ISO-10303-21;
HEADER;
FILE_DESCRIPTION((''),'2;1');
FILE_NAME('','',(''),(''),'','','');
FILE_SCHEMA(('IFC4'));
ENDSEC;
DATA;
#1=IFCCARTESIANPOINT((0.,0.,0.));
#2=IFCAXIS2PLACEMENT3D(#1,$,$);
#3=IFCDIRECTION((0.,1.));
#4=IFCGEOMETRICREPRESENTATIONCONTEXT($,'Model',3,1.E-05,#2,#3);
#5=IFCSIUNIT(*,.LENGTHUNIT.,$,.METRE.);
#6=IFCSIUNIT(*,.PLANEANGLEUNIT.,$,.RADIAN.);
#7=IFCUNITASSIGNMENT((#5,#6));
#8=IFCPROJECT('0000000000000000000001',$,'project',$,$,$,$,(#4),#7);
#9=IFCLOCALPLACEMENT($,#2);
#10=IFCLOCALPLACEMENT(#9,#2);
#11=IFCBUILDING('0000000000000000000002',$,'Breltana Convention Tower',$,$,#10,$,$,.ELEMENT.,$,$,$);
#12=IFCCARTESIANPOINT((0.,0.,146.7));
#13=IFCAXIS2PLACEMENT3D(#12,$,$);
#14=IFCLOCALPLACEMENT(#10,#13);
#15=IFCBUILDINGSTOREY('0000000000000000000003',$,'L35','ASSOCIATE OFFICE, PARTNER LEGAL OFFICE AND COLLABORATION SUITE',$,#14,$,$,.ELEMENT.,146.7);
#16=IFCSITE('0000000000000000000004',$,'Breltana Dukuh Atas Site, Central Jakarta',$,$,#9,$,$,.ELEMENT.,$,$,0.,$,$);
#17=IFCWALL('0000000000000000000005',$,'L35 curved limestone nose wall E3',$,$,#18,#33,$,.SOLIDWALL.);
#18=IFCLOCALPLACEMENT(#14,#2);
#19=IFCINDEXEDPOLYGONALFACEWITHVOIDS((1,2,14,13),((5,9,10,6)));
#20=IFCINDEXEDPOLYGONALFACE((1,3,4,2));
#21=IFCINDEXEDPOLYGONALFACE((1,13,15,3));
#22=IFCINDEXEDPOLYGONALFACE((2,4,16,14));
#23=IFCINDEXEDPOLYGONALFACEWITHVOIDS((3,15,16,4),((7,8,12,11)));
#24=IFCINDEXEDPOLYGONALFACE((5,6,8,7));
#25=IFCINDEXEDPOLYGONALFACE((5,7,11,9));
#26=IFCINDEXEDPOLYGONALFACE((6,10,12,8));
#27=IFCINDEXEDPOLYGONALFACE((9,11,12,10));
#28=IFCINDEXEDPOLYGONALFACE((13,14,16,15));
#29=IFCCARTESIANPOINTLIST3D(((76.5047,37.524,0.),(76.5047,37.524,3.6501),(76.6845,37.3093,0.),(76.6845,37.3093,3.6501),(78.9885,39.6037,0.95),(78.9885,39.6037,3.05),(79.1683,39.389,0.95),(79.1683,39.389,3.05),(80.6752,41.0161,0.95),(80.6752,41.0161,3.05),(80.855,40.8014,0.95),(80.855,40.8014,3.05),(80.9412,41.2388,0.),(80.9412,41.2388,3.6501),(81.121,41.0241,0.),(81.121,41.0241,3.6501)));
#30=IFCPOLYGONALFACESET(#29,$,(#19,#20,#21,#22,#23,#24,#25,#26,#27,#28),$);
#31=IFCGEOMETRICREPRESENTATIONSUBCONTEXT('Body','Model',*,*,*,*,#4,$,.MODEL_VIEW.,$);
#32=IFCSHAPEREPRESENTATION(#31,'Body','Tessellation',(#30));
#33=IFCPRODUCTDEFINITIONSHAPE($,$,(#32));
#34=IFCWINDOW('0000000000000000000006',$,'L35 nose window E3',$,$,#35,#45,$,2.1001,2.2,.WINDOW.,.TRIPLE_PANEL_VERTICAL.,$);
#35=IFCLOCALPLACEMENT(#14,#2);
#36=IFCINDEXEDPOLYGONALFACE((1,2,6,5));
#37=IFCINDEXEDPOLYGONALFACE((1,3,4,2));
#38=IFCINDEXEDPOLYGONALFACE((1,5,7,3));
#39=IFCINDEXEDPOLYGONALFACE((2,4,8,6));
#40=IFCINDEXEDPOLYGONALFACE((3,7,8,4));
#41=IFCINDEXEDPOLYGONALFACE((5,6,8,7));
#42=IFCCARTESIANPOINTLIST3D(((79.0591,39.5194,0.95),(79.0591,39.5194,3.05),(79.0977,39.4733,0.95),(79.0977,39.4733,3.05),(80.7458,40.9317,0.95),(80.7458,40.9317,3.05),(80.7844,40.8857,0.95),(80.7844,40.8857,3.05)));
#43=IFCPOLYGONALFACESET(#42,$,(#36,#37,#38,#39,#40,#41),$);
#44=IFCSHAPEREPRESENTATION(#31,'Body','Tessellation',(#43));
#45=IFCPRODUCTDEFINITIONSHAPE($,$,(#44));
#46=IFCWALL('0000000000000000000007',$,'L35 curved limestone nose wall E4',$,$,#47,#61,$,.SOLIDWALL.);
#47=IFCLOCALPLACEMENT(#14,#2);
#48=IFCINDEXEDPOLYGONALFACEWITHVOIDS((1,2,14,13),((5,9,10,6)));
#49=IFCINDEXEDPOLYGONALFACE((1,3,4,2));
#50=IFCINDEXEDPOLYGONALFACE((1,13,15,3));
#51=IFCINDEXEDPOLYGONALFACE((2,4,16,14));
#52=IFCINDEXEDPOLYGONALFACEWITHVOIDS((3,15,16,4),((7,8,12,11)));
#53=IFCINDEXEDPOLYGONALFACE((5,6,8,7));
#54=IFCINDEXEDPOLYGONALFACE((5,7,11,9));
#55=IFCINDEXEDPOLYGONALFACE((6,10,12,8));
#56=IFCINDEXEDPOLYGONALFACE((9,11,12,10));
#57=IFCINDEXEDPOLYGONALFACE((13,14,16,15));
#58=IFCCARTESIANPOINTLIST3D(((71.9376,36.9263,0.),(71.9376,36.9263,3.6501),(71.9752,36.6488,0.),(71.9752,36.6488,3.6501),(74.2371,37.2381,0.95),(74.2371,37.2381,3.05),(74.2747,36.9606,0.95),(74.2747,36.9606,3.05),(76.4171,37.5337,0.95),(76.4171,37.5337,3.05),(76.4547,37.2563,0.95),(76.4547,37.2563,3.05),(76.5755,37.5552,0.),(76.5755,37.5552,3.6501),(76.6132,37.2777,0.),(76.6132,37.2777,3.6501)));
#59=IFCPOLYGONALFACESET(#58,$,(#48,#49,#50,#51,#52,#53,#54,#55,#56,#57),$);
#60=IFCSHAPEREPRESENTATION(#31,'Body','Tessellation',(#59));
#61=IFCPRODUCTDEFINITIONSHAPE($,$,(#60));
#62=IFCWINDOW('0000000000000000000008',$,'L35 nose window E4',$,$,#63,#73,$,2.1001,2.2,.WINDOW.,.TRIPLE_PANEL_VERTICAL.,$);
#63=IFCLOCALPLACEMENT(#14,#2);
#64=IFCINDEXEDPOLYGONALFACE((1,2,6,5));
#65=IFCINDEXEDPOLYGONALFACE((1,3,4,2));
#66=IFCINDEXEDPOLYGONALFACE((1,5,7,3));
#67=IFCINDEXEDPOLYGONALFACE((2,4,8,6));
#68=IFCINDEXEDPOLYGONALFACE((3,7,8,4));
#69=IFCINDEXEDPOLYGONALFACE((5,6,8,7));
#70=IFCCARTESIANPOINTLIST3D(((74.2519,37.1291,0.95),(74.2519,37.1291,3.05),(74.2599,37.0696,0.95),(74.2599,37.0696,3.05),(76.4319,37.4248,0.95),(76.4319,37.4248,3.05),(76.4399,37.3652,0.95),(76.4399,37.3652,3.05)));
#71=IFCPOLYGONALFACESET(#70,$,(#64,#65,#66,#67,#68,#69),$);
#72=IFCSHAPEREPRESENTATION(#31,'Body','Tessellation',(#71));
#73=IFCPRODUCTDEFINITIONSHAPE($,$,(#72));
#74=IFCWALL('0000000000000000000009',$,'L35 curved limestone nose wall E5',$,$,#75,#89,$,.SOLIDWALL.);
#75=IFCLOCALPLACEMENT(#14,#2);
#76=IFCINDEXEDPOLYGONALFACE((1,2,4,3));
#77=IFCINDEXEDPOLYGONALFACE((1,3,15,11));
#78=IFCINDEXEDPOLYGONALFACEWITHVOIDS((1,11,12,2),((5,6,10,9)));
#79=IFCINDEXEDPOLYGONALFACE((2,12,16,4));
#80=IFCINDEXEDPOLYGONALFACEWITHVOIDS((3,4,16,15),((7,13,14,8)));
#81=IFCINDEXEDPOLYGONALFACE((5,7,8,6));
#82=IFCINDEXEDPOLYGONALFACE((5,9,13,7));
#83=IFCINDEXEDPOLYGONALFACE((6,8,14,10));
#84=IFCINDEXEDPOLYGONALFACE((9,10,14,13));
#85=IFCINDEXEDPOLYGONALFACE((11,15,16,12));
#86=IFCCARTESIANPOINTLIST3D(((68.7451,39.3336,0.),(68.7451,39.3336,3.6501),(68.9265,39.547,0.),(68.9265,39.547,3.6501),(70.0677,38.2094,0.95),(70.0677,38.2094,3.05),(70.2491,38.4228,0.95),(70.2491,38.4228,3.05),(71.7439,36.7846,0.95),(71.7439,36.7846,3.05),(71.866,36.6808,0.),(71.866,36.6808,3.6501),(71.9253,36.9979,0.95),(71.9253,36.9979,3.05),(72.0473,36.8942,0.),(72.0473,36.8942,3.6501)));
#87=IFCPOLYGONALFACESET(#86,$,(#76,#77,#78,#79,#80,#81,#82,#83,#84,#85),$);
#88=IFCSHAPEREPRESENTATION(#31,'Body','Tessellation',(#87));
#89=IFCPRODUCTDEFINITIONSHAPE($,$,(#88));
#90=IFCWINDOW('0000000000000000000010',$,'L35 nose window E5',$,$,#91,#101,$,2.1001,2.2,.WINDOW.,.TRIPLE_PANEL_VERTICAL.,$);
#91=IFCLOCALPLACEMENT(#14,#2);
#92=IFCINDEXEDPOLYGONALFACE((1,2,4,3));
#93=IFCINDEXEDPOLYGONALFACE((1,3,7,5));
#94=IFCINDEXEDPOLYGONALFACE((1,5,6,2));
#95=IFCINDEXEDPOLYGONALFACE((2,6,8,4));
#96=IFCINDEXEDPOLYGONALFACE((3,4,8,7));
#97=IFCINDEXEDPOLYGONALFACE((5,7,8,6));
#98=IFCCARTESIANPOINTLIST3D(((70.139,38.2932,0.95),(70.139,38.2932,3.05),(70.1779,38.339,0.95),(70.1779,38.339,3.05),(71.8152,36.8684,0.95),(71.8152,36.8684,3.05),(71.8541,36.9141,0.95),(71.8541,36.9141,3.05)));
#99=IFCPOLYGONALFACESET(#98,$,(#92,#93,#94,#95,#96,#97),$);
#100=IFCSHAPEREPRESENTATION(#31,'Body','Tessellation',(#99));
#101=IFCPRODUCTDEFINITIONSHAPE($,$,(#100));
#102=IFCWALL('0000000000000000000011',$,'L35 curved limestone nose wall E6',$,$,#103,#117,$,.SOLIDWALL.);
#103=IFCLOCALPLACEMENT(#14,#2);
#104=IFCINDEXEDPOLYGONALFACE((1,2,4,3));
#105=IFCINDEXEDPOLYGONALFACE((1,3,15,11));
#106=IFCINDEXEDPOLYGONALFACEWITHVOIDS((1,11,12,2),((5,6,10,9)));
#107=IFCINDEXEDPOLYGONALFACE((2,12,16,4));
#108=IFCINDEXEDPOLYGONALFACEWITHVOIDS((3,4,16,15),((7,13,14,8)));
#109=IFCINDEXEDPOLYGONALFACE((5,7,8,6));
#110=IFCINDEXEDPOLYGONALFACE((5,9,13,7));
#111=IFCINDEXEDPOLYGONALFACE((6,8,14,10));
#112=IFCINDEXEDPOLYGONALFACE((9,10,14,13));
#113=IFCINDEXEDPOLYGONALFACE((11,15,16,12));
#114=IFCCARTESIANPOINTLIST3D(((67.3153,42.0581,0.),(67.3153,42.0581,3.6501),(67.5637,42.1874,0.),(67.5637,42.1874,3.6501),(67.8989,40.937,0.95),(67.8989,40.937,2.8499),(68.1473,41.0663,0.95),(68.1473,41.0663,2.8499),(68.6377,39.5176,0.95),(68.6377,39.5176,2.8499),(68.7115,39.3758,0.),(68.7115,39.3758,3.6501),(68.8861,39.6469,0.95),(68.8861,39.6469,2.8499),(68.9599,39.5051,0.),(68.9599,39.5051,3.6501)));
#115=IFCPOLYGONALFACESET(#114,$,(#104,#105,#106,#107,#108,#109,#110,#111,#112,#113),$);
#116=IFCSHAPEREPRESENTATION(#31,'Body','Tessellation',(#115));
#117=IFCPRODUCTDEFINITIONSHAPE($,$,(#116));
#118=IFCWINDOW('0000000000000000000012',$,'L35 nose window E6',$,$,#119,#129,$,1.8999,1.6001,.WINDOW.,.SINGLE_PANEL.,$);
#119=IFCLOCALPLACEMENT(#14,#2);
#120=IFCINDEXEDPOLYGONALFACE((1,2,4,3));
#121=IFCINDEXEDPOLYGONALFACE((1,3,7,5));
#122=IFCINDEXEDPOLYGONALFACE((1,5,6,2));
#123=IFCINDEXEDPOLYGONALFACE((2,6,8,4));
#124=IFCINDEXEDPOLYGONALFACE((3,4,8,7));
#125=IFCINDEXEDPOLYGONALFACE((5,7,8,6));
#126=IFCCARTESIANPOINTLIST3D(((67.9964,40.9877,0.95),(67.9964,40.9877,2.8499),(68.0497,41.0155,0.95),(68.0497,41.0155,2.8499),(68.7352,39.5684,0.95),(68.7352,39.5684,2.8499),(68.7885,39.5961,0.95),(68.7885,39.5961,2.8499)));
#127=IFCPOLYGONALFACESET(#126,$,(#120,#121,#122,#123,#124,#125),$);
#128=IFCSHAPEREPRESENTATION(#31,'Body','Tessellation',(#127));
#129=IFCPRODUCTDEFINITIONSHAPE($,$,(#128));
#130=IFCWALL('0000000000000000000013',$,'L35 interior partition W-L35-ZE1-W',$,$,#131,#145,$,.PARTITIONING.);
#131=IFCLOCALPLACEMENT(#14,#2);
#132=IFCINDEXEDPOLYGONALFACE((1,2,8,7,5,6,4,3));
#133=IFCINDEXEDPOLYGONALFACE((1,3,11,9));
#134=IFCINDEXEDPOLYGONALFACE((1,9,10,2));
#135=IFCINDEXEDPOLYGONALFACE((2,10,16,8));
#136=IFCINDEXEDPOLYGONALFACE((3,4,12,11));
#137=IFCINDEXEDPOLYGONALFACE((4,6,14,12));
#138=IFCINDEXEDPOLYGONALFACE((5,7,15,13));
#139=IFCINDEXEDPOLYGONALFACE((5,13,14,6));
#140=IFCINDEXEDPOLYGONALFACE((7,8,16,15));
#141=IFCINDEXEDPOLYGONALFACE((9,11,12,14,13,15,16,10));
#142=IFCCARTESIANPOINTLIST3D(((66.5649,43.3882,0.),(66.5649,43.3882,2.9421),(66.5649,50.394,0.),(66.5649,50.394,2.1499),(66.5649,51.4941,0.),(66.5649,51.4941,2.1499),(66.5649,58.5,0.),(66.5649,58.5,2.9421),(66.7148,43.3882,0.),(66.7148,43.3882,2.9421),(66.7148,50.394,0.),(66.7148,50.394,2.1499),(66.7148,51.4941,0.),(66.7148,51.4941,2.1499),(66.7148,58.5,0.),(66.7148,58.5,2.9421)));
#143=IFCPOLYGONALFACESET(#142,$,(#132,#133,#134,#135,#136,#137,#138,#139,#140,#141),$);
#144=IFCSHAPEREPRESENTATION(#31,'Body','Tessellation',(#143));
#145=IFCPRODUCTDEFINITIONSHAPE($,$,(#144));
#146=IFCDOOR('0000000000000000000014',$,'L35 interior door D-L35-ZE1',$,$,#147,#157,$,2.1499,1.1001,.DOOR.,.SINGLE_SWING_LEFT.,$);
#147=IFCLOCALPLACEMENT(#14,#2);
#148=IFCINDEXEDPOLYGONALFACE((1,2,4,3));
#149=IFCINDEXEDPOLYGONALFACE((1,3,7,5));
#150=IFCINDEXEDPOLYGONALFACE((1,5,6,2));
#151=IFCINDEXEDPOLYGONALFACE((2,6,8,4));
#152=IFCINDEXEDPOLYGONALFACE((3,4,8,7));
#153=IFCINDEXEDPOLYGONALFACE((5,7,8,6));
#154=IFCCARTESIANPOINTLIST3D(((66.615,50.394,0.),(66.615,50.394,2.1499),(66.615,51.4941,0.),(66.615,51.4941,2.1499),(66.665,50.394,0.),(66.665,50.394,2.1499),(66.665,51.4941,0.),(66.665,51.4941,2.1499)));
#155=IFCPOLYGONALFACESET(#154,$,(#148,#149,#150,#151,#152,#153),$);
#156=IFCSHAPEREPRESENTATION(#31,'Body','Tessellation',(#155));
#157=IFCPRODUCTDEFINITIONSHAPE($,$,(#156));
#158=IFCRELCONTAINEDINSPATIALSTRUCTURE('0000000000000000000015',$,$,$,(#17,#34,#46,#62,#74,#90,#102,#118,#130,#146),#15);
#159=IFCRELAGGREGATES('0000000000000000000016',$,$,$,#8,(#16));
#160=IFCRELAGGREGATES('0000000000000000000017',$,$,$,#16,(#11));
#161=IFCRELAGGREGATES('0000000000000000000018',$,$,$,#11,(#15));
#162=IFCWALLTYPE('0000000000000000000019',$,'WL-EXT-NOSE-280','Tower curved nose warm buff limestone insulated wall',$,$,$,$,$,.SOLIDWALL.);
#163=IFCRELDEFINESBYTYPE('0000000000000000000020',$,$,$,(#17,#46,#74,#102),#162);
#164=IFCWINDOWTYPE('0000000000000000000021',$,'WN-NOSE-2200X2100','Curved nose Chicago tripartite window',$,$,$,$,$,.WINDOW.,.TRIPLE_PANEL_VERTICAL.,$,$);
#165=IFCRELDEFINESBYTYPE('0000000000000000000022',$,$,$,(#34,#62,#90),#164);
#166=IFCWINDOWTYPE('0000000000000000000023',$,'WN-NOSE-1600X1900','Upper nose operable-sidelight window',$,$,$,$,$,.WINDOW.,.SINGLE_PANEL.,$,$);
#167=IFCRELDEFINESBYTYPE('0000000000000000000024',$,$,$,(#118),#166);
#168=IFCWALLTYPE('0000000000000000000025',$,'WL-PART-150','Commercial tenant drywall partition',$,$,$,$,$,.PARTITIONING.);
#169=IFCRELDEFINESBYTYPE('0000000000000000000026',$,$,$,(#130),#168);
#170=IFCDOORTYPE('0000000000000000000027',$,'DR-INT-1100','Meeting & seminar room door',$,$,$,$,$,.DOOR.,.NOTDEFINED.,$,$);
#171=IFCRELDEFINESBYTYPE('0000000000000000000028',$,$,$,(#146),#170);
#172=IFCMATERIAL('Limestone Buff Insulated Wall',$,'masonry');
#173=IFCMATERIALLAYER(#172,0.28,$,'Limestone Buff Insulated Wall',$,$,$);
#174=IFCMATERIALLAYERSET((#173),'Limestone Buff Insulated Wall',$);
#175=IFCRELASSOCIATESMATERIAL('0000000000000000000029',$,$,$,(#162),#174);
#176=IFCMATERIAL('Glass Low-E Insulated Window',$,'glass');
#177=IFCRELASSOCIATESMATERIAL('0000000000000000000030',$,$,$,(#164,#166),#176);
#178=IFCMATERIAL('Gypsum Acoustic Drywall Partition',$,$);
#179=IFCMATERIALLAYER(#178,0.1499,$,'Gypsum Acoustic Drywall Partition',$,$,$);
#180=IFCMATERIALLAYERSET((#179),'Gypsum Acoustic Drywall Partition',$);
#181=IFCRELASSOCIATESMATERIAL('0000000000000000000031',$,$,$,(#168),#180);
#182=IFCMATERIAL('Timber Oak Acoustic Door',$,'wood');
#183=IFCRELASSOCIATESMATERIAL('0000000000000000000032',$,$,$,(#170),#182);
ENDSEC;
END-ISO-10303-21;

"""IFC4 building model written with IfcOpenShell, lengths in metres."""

from ifc_helpers import new_model, si_unit, direction, frame, frame_2d, origin, place, context, subcontext, project, spatial, rectangle, extrude, source, transform, mapped, material, layer, layer_set, type_object, type_shapes, element, fill, save


model = new_model("IFC4")

# Units and contexts
model_context = context("Model", 3, precision=1e-05, world=origin(), true_north=direction((0.0, 1.0)))
body_context = subcontext(model_context, "Body", "Model", "MODEL_VIEW")
ifc_project = project(units=[si_unit("LENGTHUNIT", "METRE"), si_unit("PLANEANGLEUNIT", "RADIAN")], contexts=[model_context])

# Site, building, storey
site_placement = place(None, origin())
site = spatial("IfcSite", under=ifc_project, at=site_placement, Name="Breltana Dukuh Atas Site, Central Jakarta", CompositionType="ELEMENT", RefElevation=0.0)
building_placement = place(site_placement, origin())
building = spatial("IfcBuilding", under=site, at=building_placement, Name="Breltana Convention Tower", CompositionType="ELEMENT")
storey_placement = place(building_placement, frame((0.0, 0.0, 146.7)))
storey = spatial("IfcBuildingStorey", under=building, at=storey_placement, Name="L35", Description="ASSOCIATE OFFICE, PARTNER LEGAL OFFICE AND COLLABORATION SUITE", CompositionType="ELEMENT", Elevation=146.7)

# Walls, openings, windows
ifc_material_1 = material(Name="Limestone Buff Insulated Wall", Category="masonry")
ifc_layer_1 = layer(ifc_material_1, 0.28, Name="Limestone Buff Insulated Wall")
ifc_layer_set_1 = layer_set([ifc_layer_1], Name="Limestone Buff Insulated Wall")
wall_type_1 = type_object("IfcWallType", Name="WL-EXT-NOSE-280", Description="Tower curved nose warm buff limestone insulated wall", PredefinedType="SOLIDWALL", material=ifc_layer_set_1)
shared_shape_1 = source(origin(), body_context, "Body", "SweptSolid", [
    extrude(rectangle(XDim=5.7864, YDim=0.28, at=frame_2d((2.8931, 0.0))), origin(), (0.0, 0.0, 1.0), 3.6501),
])
wall_1_placement = place(storey_placement, frame((81.031, 41.1313, 0.0), z_axis=(0.0, 0.0, 1.0), x_axis=(-0.766711, -0.641992, 0.0)))
wall_1 = element("IfcWall", 1, at=wall_1_placement, inside=storey, type_object=wall_type_1, Name="L35 curved limestone nose wall E3", PredefinedType="SOLIDWALL", context=body_context, shape_type="MappedRepresentation", body=[
    mapped(shared_shape_1, transform((0.0, 0.0, 0.0), scale=1.0)),
])
opening_1_placement = place(wall_1_placement, frame((0.3467, 0.0, 0.95)))
opening_1 = element("IfcOpeningElement", 2, at=opening_1_placement, cuts=wall_1, PredefinedType="OPENING", context=body_context, shape_type="SweptSolid", body=[
    extrude(rectangle(XDim=2.2, YDim=2.1001, at=frame_2d((1.1001, 1.05))), frame((0.0, 0.1499, 0.0), z_axis=(0.0, -1.0, 0.0), x_axis=(1.0, 0.0, 0.0)), (0.0, 0.0, 1.0), 0.3),
])
ifc_material_2 = material(Name="Glass Low-E Insulated Window", Category="glass")
window_type_1 = type_object("IfcWindowType", Name="WN-NOSE-2200X2100", Description="Curved nose Chicago tripartite window", PartitioningType="TRIPLE_PANEL_VERTICAL", PredefinedType="WINDOW", material=ifc_material_2)
shared_shape_2 = source(origin(), body_context, "Body", "SweptSolid", [
    extrude(rectangle(XDim=2.2, YDim=2.1001, at=frame_2d((1.1001, 1.05))), frame((0.0, 0.03, 0.0), z_axis=(0.0, -1.0, 0.0), x_axis=(1.0, 0.0, 0.0)), (0.0, 0.0, 1.0), 0.0601),
])
type_shapes(window_type_1, [shared_shape_2])
window_1_placement = place(opening_1_placement, origin())
window_1 = element("IfcWindow", 3, at=window_1_placement, inside=storey, type_object=window_type_1, Name="L35 nose window E3", OverallHeight=2.1001, OverallWidth=2.2, PartitioningType="TRIPLE_PANEL_VERTICAL", PredefinedType="WINDOW", context=body_context, shape_type="MappedRepresentation", body=[
    mapped(shared_shape_2, transform((0.0, 0.0, 0.0), scale=1.0)),
])
fill(opening_1, window_1)
shared_shape_3 = source(origin(), body_context, "Body", "SweptSolid", [
    extrude(rectangle(XDim=4.6804, YDim=0.28, at=frame_2d((2.3403, 0.0))), origin(), (0.0, 0.0, 1.0), 3.6501),
])
wall_2_placement = place(storey_placement, frame((76.5945, 37.4165, 0.0), z_axis=(0.0, 0.0, 1.0), x_axis=(-0.990931, -0.134371, 0.0)))
wall_2 = element("IfcWall", 4, at=wall_2_placement, inside=storey, type_object=wall_type_1, Name="L35 curved limestone nose wall E4", PredefinedType="SOLIDWALL", context=body_context, shape_type="MappedRepresentation", body=[
    mapped(shared_shape_3, transform((0.0, 0.0, 0.0), scale=1.0)),
])
opening_2_placement = place(wall_2_placement, frame((0.1599, 0.0, 0.95)))
opening_2 = element("IfcOpeningElement", 5, at=opening_2_placement, cuts=wall_2, PredefinedType="OPENING", context=body_context, shape_type="SweptSolid", body=[
    extrude(rectangle(XDim=2.2, YDim=2.1001, at=frame_2d((1.1001, 1.05))), frame((0.0, 0.1499, 0.0), z_axis=(0.0, -1.0, 0.0), x_axis=(1.0, 0.0, 0.0)), (0.0, 0.0, 1.0), 0.3),
])
window_2_placement = place(opening_2_placement, origin())
window_2 = element("IfcWindow", 6, at=window_2_placement, inside=storey, type_object=window_type_1, Name="L35 nose window E4", OverallHeight=2.1001, OverallWidth=2.2, PartitioningType="TRIPLE_PANEL_VERTICAL", PredefinedType="WINDOW", context=body_context, shape_type="MappedRepresentation", body=[
    mapped(shared_shape_2, transform((0.0, 0.0, 0.0), scale=1.0)),
])
fill(opening_2, window_2)
shared_shape_4 = source(origin(), body_context, "Body", "SweptSolid", [
    extrude(rectangle(XDim=4.0959, YDim=0.28, at=frame_2d((2.0479, 0.0))), origin(), (0.0, 0.0, 1.0), 3.6501),
])
wall_3_placement = place(storey_placement, frame((71.9565, 36.7876, 0.0), z_axis=(0.0, 0.0, 1.0), x_axis=(-0.761926, 0.647664, 0.0)))
wall_3 = element("IfcWall", 7, at=wall_3_placement, inside=storey, type_object=wall_type_1, Name="L35 curved limestone nose wall E5", PredefinedType="SOLIDWALL", context=body_context, shape_type="MappedRepresentation", body=[
    mapped(shared_shape_4, transform((0.0, 0.0, 0.0), scale=1.0)),
])
opening_3_placement = place(wall_3_placement, frame((0.1599, 0.0, 0.95)))
opening_3 = element("IfcOpeningElement", 8, at=opening_3_placement, cuts=wall_3, PredefinedType="OPENING", context=body_context, shape_type="SweptSolid", body=[
    extrude(rectangle(XDim=2.2, YDim=2.1001, at=frame_2d((1.1001, 1.05))), frame((0.0, 0.1499, 0.0), z_axis=(0.0, -1.0, 0.0), x_axis=(1.0, 0.0, 0.0)), (0.0, 0.0, 1.0), 0.3),
])
window_3_placement = place(opening_3_placement, origin())
window_3 = element("IfcWindow", 9, at=window_3_placement, inside=storey, type_object=window_type_1, Name="L35 nose window E5", OverallHeight=2.1001, OverallWidth=2.2, PartitioningType="TRIPLE_PANEL_VERTICAL", PredefinedType="WINDOW", context=body_context, shape_type="MappedRepresentation", body=[
    mapped(shared_shape_2, transform((0.0, 0.0, 0.0), scale=1.0)),
])
fill(opening_3, window_3)
shared_shape_5 = source(origin(), body_context, "Body", "SweptSolid", [
    extrude(rectangle(XDim=3.0239, YDim=0.28, at=frame_2d((1.512, 0.0))), origin(), (0.0, 0.0, 1.0), 3.6501),
])
wall_4_placement = place(storey_placement, frame((68.8357, 39.4404, 0.0), z_axis=(0.0, 0.0, 1.0), x_axis=(-0.461719, 0.887026, 0.0)))
wall_4 = element("IfcWall", 10, at=wall_4_placement, inside=storey, type_object=wall_type_1, Name="L35 curved limestone nose wall E6", PredefinedType="SOLIDWALL", context=body_context, shape_type="MappedRepresentation", body=[
    mapped(shared_shape_5, transform((0.0, 0.0, 0.0), scale=1.0)),
])
opening_4_placement = place(wall_4_placement, frame((0.1599, 0.0, 0.95)))
opening_4 = element("IfcOpeningElement", 11, at=opening_4_placement, cuts=wall_4, PredefinedType="OPENING", context=body_context, shape_type="SweptSolid", body=[
    extrude(rectangle(XDim=1.6001, YDim=1.8999, at=frame_2d((0.8, 0.95))), frame((0.0, 0.1499, 0.0), z_axis=(0.0, -1.0, 0.0), x_axis=(1.0, 0.0, 0.0)), (0.0, 0.0, 1.0), 0.3),
])
window_type_2 = type_object("IfcWindowType", Name="WN-NOSE-1600X1900", Description="Upper nose operable-sidelight window", PartitioningType="SINGLE_PANEL", PredefinedType="WINDOW", material=ifc_material_2)
shared_shape_6 = source(origin(), body_context, "Body", "SweptSolid", [
    extrude(rectangle(XDim=1.6001, YDim=1.8999, at=frame_2d((0.8, 0.95))), frame((0.0, 0.03, 0.0), z_axis=(0.0, -1.0, 0.0), x_axis=(1.0, 0.0, 0.0)), (0.0, 0.0, 1.0), 0.0601),
])
type_shapes(window_type_2, [shared_shape_6])
window_4_placement = place(opening_4_placement, origin())
window_4 = element("IfcWindow", 12, at=window_4_placement, inside=storey, type_object=window_type_2, Name="L35 nose window E6", OverallHeight=1.8999, OverallWidth=1.6001, PartitioningType="SINGLE_PANEL", PredefinedType="WINDOW", context=body_context, shape_type="MappedRepresentation", body=[
    mapped(shared_shape_6, transform((0.0, 0.0, 0.0), scale=1.0)),
])
fill(opening_4, window_4)

# Wall, opening, door
ifc_material_3 = material(Name="Gypsum Acoustic Drywall Partition")
ifc_layer_2 = layer(ifc_material_3, 0.1499, Name="Gypsum Acoustic Drywall Partition")
ifc_layer_set_2 = layer_set([ifc_layer_2], Name="Gypsum Acoustic Drywall Partition")
wall_type_2 = type_object("IfcWallType", Name="WL-PART-150", Description="Commercial tenant drywall partition", PredefinedType="PARTITIONING", material=ifc_layer_set_2)
shared_shape_7 = source(origin(), body_context, "Body", "SweptSolid", [
    extrude(rectangle(XDim=15.1118, YDim=0.1499, at=frame_2d((7.5559, 0.0))), origin(), (0.0, 0.0, 1.0), 2.9421),
])
wall_5_placement = place(storey_placement, frame((66.6399, 43.3882, 0.0), z_axis=(0.0, 0.0, 1.0), x_axis=(0.0, 1.0, 0.0)))
wall_5 = element("IfcWall", 13, at=wall_5_placement, inside=storey, type_object=wall_type_2, Name="L35 interior partition W-L35-ZE1-W", PredefinedType="PARTITIONING", context=body_context, shape_type="MappedRepresentation", body=[
    mapped(shared_shape_7, transform((0.0, 0.0, 0.0), scale=1.0)),
])
opening_5_placement = place(wall_5_placement, frame((7.0059, 0.0, 0.0)))
opening_5 = element("IfcOpeningElement", 14, at=opening_5_placement, cuts=wall_5, PredefinedType="OPENING", context=body_context, shape_type="SweptSolid", body=[
    extrude(rectangle(XDim=1.1001, YDim=2.1499, at=frame_2d((0.55, 1.075))), frame((0.0, 0.085, 0.0), z_axis=(0.0, -1.0, 0.0), x_axis=(1.0, 0.0, 0.0)), (0.0, 0.0, 1.0), 0.1699),
])
ifc_material_4 = material(Name="Timber Oak Acoustic Door", Category="wood")
door_type = type_object("IfcDoorType", Name="DR-INT-1100", Description="Meeting & seminar room door", OperationType="NOTDEFINED", PredefinedType="DOOR", material=ifc_material_4)
shared_shape_8 = source(origin(), body_context, "Body", "SweptSolid", [
    extrude(rectangle(XDim=1.1001, YDim=2.1499, at=frame_2d((0.55, 1.075))), frame((0.0, 0.0249, 0.0), z_axis=(0.0, -1.0, 0.0), x_axis=(1.0, 0.0, 0.0)), (0.0, 0.0, 1.0), 0.05),
])
type_shapes(door_type, [shared_shape_8])
door_placement = place(opening_5_placement, origin())
door = element("IfcDoor", 15, at=door_placement, inside=storey, type_object=door_type, Name="L35 interior door D-L35-ZE1", OperationType="SINGLE_SWING_LEFT", OverallHeight=2.1499, OverallWidth=1.1001, PredefinedType="DOOR", context=body_context, shape_type="MappedRepresentation", body=[
    mapped(shared_shape_8, transform((0.0, 0.0, 0.0), scale=1.0)),
])
fill(opening_5, door)

save(model, "model.ifc")
